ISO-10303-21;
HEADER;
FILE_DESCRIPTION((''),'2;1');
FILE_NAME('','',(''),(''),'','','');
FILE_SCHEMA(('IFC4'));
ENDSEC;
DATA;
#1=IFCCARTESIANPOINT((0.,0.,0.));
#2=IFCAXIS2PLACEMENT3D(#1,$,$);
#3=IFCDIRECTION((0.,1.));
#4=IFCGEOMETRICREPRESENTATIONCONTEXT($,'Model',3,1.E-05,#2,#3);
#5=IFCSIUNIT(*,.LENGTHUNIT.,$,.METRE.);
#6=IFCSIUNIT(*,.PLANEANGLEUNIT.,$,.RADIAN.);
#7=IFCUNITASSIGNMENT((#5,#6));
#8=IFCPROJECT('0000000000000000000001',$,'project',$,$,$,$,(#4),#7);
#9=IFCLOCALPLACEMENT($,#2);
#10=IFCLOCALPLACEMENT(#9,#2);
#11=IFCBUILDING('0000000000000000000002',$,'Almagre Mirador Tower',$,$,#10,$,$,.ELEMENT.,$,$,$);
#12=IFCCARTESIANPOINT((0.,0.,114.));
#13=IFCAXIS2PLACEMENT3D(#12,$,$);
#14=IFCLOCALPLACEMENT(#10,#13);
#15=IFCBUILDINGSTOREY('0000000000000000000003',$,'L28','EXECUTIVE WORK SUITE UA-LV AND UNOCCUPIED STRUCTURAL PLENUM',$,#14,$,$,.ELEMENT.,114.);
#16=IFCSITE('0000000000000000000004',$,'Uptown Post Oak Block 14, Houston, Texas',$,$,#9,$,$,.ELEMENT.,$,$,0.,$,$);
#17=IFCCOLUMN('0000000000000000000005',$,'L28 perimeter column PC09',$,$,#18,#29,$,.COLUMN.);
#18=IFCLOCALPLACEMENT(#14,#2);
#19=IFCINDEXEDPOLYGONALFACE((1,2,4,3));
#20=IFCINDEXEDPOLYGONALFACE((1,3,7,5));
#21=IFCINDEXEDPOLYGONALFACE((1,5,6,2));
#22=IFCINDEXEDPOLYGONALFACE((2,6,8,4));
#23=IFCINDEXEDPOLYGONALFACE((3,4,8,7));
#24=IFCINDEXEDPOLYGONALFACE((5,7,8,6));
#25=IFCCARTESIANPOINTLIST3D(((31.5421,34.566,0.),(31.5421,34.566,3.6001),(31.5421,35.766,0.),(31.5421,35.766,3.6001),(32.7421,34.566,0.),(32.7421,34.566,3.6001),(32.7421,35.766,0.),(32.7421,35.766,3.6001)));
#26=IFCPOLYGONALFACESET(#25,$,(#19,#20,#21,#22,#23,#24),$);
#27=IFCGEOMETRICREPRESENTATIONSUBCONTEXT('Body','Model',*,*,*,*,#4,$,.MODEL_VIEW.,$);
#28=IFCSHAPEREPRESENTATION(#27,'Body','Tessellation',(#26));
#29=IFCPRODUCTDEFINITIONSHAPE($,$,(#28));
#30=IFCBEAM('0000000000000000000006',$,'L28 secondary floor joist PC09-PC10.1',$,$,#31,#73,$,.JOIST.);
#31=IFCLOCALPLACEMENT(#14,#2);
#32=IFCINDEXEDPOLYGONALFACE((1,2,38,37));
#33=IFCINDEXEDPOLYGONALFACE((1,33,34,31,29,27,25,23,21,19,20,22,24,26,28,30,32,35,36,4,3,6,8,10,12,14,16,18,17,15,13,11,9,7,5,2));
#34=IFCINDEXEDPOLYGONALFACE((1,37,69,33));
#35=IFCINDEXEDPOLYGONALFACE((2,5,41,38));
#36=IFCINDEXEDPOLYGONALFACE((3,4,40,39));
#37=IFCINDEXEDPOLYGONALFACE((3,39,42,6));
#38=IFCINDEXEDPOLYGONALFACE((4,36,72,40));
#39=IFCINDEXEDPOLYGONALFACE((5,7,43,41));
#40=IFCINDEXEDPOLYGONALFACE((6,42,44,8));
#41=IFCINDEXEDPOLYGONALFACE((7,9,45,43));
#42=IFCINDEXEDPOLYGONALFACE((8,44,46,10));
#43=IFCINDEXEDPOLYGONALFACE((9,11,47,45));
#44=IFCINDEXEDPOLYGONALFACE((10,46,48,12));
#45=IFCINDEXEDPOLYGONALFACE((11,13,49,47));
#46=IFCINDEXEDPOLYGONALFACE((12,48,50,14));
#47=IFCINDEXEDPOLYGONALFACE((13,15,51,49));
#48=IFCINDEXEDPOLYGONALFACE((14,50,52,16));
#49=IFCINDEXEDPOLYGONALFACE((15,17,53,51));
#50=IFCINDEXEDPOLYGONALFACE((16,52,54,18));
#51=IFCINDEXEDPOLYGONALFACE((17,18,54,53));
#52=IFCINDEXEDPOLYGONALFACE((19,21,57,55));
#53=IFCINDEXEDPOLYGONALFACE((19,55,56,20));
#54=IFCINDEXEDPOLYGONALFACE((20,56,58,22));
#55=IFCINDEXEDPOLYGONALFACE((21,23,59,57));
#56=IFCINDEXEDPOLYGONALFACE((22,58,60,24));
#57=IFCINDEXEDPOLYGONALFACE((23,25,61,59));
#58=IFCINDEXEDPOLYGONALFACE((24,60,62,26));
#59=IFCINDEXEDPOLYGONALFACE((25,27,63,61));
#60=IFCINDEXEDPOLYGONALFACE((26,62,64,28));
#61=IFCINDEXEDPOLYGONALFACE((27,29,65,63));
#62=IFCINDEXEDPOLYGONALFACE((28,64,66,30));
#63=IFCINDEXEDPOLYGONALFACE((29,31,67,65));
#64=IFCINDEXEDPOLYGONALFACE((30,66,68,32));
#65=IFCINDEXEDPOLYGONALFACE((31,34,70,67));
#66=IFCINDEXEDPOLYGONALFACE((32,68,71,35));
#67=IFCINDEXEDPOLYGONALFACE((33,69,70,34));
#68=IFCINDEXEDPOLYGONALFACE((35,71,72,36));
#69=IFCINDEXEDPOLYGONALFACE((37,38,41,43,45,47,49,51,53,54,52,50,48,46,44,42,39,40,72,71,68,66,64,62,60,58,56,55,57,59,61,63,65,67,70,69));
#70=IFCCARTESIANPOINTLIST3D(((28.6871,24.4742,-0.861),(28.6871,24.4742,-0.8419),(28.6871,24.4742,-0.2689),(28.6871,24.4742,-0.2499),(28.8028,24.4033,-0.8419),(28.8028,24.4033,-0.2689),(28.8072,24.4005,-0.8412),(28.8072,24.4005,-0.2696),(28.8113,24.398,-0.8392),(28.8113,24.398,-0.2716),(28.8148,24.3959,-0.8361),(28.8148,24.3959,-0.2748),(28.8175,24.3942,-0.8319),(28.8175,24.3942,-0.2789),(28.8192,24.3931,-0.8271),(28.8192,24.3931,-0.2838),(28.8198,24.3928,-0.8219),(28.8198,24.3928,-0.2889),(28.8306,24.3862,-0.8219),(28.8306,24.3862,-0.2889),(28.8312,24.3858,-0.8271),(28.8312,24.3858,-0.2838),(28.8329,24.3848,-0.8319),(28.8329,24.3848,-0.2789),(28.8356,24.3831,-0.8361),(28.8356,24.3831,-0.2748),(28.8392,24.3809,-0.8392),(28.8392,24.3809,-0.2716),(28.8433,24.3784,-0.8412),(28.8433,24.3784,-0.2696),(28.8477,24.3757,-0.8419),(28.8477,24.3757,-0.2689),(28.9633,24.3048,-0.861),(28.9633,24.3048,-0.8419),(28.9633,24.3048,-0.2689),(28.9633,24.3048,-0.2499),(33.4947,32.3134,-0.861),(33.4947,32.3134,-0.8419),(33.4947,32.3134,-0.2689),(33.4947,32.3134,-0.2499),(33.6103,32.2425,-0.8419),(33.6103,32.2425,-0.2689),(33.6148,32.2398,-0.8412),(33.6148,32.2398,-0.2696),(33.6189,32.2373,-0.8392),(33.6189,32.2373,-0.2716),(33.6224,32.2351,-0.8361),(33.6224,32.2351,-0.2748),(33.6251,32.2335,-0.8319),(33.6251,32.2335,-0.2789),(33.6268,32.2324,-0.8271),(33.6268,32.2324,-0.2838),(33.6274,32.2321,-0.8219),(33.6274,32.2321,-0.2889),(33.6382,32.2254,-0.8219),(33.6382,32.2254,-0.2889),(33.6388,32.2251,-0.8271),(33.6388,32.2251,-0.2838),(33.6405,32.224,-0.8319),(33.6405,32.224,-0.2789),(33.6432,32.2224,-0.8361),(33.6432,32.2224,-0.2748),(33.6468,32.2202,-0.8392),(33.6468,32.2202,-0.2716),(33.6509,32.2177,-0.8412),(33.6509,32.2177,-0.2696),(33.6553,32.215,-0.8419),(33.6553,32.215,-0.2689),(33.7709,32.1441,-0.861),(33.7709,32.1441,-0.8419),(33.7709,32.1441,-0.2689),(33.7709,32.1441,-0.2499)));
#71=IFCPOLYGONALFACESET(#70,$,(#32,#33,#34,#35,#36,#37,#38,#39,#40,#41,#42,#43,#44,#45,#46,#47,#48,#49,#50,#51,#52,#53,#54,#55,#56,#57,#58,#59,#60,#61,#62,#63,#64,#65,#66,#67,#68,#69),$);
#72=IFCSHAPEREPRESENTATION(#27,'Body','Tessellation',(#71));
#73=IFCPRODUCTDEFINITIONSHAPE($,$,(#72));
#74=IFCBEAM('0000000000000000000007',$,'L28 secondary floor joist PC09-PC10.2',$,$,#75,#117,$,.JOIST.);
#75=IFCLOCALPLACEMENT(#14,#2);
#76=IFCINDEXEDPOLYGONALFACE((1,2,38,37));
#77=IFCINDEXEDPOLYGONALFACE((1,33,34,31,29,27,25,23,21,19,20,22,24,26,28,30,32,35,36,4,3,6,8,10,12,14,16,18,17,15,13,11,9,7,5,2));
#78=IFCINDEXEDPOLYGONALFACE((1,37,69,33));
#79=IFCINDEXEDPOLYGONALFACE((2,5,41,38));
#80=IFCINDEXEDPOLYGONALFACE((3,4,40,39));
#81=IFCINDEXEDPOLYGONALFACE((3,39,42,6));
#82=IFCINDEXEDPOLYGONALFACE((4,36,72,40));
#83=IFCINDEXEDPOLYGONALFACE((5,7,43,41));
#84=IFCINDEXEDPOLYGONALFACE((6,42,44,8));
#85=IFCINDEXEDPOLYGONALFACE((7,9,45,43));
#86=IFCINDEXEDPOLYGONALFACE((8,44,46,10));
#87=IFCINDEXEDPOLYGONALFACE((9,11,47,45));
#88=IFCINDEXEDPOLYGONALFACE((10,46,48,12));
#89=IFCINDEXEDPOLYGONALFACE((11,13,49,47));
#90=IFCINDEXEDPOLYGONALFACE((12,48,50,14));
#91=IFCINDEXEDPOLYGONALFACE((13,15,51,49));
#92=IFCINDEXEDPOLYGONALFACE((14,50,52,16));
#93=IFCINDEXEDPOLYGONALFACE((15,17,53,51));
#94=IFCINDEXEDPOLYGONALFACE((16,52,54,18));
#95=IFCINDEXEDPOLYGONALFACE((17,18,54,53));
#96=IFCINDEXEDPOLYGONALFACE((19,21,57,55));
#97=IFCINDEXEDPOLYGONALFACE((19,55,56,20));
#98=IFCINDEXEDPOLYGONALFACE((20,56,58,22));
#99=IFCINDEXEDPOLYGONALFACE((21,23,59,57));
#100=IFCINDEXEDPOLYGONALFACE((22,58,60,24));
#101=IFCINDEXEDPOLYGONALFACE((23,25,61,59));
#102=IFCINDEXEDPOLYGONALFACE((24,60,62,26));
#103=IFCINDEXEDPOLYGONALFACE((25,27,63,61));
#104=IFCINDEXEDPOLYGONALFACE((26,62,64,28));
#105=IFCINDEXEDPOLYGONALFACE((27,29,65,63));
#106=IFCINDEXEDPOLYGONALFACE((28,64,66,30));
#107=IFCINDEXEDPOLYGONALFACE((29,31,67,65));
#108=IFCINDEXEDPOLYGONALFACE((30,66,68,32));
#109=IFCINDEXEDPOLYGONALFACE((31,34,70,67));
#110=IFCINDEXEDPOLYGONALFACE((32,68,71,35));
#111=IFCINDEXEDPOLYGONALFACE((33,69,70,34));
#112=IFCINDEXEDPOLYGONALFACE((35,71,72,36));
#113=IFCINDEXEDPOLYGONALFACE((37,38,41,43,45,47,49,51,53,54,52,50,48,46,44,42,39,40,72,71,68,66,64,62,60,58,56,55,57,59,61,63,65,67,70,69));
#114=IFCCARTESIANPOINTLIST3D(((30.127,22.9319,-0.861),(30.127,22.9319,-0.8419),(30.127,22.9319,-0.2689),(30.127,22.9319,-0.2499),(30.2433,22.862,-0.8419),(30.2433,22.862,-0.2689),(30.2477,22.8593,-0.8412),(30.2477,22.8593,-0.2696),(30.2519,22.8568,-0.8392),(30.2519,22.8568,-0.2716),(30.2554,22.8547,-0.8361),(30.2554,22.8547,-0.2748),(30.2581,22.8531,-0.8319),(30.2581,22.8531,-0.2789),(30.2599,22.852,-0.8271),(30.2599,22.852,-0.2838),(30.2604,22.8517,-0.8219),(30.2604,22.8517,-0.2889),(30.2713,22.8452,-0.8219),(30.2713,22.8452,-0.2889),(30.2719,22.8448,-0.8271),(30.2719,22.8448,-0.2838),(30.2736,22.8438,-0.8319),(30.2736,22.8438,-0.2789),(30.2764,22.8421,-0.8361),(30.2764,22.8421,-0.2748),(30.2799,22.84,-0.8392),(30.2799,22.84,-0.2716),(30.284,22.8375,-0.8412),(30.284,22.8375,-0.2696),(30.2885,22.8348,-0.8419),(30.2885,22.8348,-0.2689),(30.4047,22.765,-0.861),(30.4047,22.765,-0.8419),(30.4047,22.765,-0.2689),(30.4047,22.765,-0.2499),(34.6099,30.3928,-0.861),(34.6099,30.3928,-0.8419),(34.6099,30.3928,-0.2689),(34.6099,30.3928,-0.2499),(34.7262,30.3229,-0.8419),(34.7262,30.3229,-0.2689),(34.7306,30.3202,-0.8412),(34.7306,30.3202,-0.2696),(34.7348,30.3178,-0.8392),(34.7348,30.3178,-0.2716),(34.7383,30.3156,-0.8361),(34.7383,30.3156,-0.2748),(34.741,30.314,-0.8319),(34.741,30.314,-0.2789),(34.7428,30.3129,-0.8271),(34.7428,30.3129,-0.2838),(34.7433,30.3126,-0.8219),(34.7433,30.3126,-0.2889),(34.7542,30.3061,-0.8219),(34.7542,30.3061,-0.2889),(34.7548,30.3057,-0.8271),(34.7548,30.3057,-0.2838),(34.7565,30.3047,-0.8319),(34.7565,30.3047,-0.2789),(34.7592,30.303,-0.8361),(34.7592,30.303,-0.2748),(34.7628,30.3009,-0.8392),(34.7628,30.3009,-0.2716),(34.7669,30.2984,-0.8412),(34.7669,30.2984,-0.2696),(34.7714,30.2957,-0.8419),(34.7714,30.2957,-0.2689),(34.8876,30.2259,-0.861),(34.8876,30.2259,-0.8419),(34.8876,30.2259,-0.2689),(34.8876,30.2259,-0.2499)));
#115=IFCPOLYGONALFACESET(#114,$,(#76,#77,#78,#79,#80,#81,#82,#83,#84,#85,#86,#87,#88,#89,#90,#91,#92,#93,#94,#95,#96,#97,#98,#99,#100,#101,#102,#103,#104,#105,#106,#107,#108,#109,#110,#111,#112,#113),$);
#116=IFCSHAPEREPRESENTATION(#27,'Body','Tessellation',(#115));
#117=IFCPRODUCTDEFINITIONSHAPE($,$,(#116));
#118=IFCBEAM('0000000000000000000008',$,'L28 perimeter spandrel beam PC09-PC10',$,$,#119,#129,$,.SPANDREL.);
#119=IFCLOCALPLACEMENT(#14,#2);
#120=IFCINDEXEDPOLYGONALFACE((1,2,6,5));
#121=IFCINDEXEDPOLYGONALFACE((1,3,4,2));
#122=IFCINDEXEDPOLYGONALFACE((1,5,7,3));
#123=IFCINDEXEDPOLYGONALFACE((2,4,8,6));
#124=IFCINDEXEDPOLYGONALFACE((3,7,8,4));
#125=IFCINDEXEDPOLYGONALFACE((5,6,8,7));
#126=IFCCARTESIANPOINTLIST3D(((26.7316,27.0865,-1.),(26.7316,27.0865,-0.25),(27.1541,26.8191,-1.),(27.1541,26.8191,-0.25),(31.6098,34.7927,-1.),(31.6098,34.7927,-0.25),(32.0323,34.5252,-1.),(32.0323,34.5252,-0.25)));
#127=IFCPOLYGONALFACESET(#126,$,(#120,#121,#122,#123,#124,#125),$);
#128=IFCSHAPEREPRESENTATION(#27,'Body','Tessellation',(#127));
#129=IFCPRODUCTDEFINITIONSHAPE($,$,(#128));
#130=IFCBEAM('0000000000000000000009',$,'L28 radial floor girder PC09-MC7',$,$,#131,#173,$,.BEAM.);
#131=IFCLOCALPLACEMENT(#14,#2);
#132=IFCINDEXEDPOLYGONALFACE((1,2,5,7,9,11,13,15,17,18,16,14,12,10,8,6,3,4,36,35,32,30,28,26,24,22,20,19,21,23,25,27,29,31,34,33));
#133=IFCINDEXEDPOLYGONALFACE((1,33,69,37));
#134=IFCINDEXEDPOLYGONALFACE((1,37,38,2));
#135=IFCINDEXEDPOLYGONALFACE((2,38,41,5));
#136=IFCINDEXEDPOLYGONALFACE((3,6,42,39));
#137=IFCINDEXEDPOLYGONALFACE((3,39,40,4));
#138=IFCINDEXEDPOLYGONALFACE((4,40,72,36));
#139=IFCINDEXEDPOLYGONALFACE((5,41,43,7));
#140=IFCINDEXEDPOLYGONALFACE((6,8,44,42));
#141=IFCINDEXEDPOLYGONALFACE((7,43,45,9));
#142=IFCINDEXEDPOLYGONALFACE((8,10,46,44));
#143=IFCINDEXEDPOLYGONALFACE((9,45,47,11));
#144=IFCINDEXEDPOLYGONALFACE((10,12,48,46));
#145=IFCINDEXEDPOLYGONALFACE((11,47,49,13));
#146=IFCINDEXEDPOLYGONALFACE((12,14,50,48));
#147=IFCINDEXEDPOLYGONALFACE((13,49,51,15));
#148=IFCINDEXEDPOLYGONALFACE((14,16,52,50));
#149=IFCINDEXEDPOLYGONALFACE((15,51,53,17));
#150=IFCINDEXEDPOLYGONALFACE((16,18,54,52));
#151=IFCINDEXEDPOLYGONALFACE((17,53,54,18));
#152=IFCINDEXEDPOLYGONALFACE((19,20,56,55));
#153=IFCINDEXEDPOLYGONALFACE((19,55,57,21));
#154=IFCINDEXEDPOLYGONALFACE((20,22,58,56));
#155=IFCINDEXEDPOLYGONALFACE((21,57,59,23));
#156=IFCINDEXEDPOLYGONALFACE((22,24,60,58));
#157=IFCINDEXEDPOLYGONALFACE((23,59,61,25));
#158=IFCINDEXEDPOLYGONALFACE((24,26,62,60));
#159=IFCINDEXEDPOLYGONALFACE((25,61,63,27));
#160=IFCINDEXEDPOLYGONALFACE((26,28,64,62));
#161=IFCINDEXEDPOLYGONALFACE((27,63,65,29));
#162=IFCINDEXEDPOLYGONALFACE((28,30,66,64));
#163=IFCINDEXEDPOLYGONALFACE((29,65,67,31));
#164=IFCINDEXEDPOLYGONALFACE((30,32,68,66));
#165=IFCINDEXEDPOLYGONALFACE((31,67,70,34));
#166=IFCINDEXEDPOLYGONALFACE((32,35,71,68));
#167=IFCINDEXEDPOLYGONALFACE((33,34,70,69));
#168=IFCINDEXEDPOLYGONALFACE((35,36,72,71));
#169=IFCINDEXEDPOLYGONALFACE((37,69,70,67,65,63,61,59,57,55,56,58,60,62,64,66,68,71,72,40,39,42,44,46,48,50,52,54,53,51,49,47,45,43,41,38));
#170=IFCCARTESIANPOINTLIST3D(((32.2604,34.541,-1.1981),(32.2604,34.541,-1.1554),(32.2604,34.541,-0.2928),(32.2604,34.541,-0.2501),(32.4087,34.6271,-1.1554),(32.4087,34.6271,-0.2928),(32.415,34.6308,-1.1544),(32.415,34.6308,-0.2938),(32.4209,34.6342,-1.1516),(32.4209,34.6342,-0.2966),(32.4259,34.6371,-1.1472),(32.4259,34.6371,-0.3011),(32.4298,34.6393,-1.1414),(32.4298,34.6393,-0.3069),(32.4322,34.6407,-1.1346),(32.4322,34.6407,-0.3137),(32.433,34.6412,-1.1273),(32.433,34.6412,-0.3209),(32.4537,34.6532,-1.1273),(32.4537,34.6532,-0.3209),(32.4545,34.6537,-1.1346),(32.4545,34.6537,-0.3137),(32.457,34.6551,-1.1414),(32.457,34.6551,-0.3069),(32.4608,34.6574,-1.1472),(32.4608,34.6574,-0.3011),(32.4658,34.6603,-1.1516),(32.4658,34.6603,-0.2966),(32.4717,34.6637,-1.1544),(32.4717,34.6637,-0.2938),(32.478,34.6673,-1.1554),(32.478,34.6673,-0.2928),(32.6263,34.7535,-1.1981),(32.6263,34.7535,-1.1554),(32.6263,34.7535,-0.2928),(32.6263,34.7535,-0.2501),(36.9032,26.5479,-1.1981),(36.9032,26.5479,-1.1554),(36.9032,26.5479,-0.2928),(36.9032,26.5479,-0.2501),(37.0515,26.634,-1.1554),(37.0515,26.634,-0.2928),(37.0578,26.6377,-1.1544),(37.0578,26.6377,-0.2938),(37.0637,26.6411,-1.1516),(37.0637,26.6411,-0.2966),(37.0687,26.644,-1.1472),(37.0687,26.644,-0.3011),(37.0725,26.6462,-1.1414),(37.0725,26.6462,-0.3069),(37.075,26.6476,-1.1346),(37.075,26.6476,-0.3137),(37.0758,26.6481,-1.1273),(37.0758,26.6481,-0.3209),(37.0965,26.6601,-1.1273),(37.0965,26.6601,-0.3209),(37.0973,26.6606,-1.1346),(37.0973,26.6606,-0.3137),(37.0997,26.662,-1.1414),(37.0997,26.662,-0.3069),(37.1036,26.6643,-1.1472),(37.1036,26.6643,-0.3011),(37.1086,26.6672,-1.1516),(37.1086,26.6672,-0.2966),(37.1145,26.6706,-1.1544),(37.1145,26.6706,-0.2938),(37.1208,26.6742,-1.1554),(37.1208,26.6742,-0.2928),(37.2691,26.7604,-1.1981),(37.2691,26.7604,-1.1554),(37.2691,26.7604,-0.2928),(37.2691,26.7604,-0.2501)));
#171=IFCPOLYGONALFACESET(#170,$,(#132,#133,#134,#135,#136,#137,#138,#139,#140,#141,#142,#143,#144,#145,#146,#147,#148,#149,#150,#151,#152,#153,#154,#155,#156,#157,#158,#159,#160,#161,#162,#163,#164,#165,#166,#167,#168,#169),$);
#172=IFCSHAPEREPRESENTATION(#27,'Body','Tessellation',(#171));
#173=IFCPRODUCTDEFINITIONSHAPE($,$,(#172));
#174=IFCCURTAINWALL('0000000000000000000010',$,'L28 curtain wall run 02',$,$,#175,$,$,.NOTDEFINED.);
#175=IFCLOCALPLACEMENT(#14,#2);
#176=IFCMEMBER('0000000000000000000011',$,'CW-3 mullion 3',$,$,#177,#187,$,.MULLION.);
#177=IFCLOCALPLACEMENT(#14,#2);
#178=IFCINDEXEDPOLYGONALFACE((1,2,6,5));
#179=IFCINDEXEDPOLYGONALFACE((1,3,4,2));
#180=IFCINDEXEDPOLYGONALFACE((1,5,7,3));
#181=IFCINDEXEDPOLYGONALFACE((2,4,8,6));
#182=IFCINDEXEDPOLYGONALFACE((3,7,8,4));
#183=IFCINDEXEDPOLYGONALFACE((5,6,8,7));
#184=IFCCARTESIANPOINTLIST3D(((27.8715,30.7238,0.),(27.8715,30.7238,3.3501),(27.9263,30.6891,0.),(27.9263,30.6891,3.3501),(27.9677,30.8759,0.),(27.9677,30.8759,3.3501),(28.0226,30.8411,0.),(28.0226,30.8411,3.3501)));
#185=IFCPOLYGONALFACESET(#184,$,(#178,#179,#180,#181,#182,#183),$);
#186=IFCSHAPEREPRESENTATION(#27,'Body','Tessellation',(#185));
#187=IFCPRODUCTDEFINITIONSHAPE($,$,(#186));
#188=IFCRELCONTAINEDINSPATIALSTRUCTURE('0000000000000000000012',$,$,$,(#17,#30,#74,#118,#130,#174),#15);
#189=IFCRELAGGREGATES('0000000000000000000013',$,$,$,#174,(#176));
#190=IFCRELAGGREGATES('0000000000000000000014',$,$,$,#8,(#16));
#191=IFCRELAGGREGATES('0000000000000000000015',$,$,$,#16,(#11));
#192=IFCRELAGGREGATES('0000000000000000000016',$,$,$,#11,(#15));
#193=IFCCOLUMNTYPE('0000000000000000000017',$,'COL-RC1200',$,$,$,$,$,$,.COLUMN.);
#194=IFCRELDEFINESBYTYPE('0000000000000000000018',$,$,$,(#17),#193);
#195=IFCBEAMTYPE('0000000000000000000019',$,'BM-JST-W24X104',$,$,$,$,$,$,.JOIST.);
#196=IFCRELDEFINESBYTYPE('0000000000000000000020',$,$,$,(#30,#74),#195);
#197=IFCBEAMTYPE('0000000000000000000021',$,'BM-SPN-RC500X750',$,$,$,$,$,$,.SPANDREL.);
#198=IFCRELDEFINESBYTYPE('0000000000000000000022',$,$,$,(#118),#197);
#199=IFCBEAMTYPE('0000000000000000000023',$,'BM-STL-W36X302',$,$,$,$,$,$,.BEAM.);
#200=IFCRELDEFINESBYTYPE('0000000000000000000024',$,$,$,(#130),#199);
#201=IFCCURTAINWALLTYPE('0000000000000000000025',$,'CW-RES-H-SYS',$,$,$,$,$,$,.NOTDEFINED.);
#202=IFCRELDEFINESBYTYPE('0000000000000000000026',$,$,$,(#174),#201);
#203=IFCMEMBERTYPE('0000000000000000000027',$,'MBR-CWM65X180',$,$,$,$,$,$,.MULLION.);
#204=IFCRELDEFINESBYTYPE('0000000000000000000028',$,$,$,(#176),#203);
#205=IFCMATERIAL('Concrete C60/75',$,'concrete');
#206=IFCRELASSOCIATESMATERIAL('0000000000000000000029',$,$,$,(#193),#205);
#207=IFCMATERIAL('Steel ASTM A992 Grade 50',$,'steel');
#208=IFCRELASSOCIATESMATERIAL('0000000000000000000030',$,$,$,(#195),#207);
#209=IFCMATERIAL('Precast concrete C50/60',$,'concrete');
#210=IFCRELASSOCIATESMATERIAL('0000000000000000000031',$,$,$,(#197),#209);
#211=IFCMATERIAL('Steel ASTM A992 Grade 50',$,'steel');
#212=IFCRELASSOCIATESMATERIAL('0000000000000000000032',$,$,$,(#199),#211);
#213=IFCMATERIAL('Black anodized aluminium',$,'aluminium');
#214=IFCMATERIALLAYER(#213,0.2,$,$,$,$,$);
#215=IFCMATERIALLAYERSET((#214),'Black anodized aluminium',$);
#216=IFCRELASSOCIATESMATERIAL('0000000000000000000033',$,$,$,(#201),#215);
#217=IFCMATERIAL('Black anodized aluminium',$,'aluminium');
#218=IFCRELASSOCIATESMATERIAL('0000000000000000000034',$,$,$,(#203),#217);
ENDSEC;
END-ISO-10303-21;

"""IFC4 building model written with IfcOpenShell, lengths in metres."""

from ifc_helpers import new_model, si_unit, direction, frame, origin, origin_2d, place, context, subcontext, project, spatial, rectangle, i_section, extrude, material, layer, layer_set, material_profile, profile_set, type_object, element, aggregate, save


model = new_model("IFC4")

# Units and contexts
model_context = context("Model", 3, precision=1e-05, world=origin(), true_north=direction((0.0, 1.0)))
body_context = subcontext(model_context, "Body", "Model", "MODEL_VIEW")
ifc_project = project(units=[si_unit("LENGTHUNIT", "METRE"), si_unit("PLANEANGLEUNIT", "RADIAN")], contexts=[model_context])

# Site, building, storey
site_placement = place(None, origin())
site = spatial("IfcSite", under=ifc_project, at=site_placement, Name="Uptown Post Oak Block 14, Houston, Texas", CompositionType="ELEMENT", RefElevation=0.0)
building_placement = place(site_placement, origin())
building = spatial("IfcBuilding", under=site, at=building_placement, Name="Almagre Mirador Tower", CompositionType="ELEMENT")
storey_placement = place(building_placement, frame((0.0, 0.0, 114.0)))
storey = spatial("IfcBuildingStorey", under=building, at=storey_placement, Name="L28", Description="EXECUTIVE WORK SUITE UA-LV AND UNOCCUPIED STRUCTURAL PLENUM", CompositionType="ELEMENT", Elevation=114.0)

# Column
ifc_material_1 = material(Name="Concrete C60/75", Category="concrete")
ifc_material_profile_1 = material_profile(ifc_material_1, rectangle(XDim=1.2, YDim=1.2, at=origin_2d()), Name="RC1200X1200")
ifc_profile_set_1 = profile_set([ifc_material_profile_1], Name="Concrete C60/75")
column_type = type_object("IfcColumnType", Name="COL-RC1200", PredefinedType="COLUMN", material=ifc_profile_set_1)
column_placement = place(storey_placement, frame((32.1421, 35.166, 0.0), z_axis=(0.0, 0.0, 1.0), x_axis=(1.0, 0.0, 0.0)))
element("IfcColumn", 1, at=column_placement, inside=storey, type_object=column_type, Name="L28 perimeter column PC09", PredefinedType="COLUMN", context=body_context, shape_type="SweptSolid", body=[
    extrude(rectangle(XDim=1.2, YDim=1.2, at=origin_2d()), origin(), (0.0, 0.0, 1.0), 3.6001),
])

# Beams
ifc_material_2 = material(Name="Steel ASTM A992 Grade 50", Category="steel")
ifc_material_profile_2 = material_profile(ifc_material_2, i_section(OverallWidth=0.324, OverallDepth=0.6111, WebThickness=0.0127, FlangeThickness=0.019, FilletRadius=0.02, at=origin_2d()), Name="W24X104")
ifc_profile_set_2 = profile_set([ifc_material_profile_2], Name="Steel ASTM A992 Grade 50")
beam_type_1 = type_object("IfcBeamType", Name="BM-JST-W24X104", PredefinedType="JOIST", material=ifc_profile_set_2)
beam_1_placement = place(storey_placement, frame((33.6328, 32.2288, -0.5554), z_axis=(-0.522787, -0.852463, 0.0), x_axis=(0.852463, -0.522787, 0.0)))
element("IfcBeam", 2, at=beam_1_placement, inside=storey, type_object=beam_type_1, Name="L28 secondary floor joist PC09-PC10.1", PredefinedType="JOIST", context=body_context, shape_type="SweptSolid", body=[
    extrude(i_section(OverallWidth=0.324, OverallDepth=0.6111, WebThickness=0.0127, FlangeThickness=0.019, FilletRadius=0.02, at=origin_2d()), origin(), (0.0, 0.0, 1.0), 9.196),
])
beam_2_placement = place(storey_placement, frame((34.7488, 30.3093, -0.5554), z_axis=(-0.515032, -0.857171, 0.0), x_axis=(0.857171, -0.515032, 0.0)))
element("IfcBeam", 3, at=beam_2_placement, inside=storey, type_object=beam_type_1, Name="L28 secondary floor joist PC09-PC10.2", PredefinedType="JOIST", context=body_context, shape_type="SweptSolid", body=[
    extrude(i_section(OverallWidth=0.324, OverallDepth=0.6111, WebThickness=0.0127, FlangeThickness=0.019, FilletRadius=0.02, at=origin_2d()), origin(), (0.0, 0.0, 1.0), 8.7041),
])
ifc_material_3 = material(Name="Precast concrete C50/60", Category="concrete")
ifc_material_profile_3 = material_profile(ifc_material_3, rectangle(XDim=0.5, YDim=0.75, at=origin_2d()), Name="RC500X750")
ifc_profile_set_3 = profile_set([ifc_material_profile_3], Name="Precast concrete C50/60")
beam_type_2 = type_object("IfcBeamType", Name="BM-SPN-RC500X750", PredefinedType="SPANDREL", material=ifc_profile_set_3)
beam_3_placement = place(storey_placement, frame((31.821, 34.6589, -0.625), z_axis=(-0.53487, -0.844934, 0.0), x_axis=(0.844934, -0.53487, 0.0)))
element("IfcBeam", 4, at=beam_3_placement, inside=storey, type_object=beam_type_2, Name="L28 perimeter spandrel beam PC09-PC10", PredefinedType="SPANDREL", context=body_context, shape_type="SweptSolid", body=[
    extrude(rectangle(XDim=0.5, YDim=0.75, at=origin_2d()), origin(), (0.0, 0.0, 1.0), 9.1204),
])
ifc_material_4 = material(Name="Steel ASTM A992 Grade 50", Category="steel")
ifc_material_profile_4 = material_profile(ifc_material_4, i_section(OverallWidth=0.4231, OverallDepth=0.948, WebThickness=0.0239, FlangeThickness=0.0427, FilletRadius=0.0281, at=origin_2d()), Name="W36X302")
ifc_profile_set_4 = profile_set([ifc_material_profile_4], Name="Steel ASTM A992 Grade 50")
beam_type_3 = type_object("IfcBeamType", Name="BM-STL-W36X302", PredefinedType="BEAM", material=ifc_profile_set_4)
beam_4_placement = place(storey_placement, frame((32.4434, 34.6472, -0.7241), z_axis=(0.502267, -0.864712, 0.0), x_axis=(0.864712, 0.502267, 0.0)))
element("IfcBeam", 5, at=beam_4_placement, inside=storey, type_object=beam_type_3, Name="L28 radial floor girder PC09-MC7", PredefinedType="BEAM", context=body_context, shape_type="SweptSolid", body=[
    extrude(i_section(OverallWidth=0.4231, OverallDepth=0.948, WebThickness=0.0239, FlangeThickness=0.0427, FilletRadius=0.0281, at=origin_2d()), origin(), (0.0, 0.0, 1.0), 9.2437),
])

# Curtain wall, member
ifc_material_5 = material(Name="Black anodized aluminium", Category="aluminium")
ifc_layer_1 = layer(ifc_material_5, 0.2)
ifc_layer_set_1 = layer_set([ifc_layer_1], Name="Black anodized aluminium")
curtain_wall_type = type_object("IfcCurtainWallType", Name="CW-RES-H-SYS", PredefinedType="NOTDEFINED", material=ifc_layer_set_1)
curtain_wall_placement = place(storey_placement, origin())
curtain_wall = element("IfcCurtainWall", 6, at=curtain_wall_placement, inside=storey, type_object=curtain_wall_type, Name="L28 curtain wall run 02", PredefinedType="NOTDEFINED")
ifc_material_6 = material(Name="Black anodized aluminium", Category="aluminium")
ifc_material_profile_5 = material_profile(ifc_material_6, rectangle(XDim=0.0649, YDim=0.1799, at=origin_2d()), Name="CWM65X180")
ifc_profile_set_5 = profile_set([ifc_material_profile_5], Name="Black anodized aluminium")
member_type = type_object("IfcMemberType", Name="MBR-CWM65X180", PredefinedType="MULLION", material=ifc_profile_set_5)
member_placement = place(storey_placement, frame((27.947, 30.7825, 0.0), z_axis=(0.0, 0.0, 1.0), x_axis=(-0.844924, 0.534887, 0.0)))
member = element("IfcMember", 7, at=member_placement, type_object=member_type, Name="CW-3 mullion 3", PredefinedType="MULLION", context=body_context, shape_type="SweptSolid", body=[
    extrude(rectangle(XDim=0.0649, YDim=0.1799, at=origin_2d()), origin(), (0.0, 0.0, 1.0), 3.3501),
])
aggregate(curtain_wall, [member])

save(model, "model.ifc")
